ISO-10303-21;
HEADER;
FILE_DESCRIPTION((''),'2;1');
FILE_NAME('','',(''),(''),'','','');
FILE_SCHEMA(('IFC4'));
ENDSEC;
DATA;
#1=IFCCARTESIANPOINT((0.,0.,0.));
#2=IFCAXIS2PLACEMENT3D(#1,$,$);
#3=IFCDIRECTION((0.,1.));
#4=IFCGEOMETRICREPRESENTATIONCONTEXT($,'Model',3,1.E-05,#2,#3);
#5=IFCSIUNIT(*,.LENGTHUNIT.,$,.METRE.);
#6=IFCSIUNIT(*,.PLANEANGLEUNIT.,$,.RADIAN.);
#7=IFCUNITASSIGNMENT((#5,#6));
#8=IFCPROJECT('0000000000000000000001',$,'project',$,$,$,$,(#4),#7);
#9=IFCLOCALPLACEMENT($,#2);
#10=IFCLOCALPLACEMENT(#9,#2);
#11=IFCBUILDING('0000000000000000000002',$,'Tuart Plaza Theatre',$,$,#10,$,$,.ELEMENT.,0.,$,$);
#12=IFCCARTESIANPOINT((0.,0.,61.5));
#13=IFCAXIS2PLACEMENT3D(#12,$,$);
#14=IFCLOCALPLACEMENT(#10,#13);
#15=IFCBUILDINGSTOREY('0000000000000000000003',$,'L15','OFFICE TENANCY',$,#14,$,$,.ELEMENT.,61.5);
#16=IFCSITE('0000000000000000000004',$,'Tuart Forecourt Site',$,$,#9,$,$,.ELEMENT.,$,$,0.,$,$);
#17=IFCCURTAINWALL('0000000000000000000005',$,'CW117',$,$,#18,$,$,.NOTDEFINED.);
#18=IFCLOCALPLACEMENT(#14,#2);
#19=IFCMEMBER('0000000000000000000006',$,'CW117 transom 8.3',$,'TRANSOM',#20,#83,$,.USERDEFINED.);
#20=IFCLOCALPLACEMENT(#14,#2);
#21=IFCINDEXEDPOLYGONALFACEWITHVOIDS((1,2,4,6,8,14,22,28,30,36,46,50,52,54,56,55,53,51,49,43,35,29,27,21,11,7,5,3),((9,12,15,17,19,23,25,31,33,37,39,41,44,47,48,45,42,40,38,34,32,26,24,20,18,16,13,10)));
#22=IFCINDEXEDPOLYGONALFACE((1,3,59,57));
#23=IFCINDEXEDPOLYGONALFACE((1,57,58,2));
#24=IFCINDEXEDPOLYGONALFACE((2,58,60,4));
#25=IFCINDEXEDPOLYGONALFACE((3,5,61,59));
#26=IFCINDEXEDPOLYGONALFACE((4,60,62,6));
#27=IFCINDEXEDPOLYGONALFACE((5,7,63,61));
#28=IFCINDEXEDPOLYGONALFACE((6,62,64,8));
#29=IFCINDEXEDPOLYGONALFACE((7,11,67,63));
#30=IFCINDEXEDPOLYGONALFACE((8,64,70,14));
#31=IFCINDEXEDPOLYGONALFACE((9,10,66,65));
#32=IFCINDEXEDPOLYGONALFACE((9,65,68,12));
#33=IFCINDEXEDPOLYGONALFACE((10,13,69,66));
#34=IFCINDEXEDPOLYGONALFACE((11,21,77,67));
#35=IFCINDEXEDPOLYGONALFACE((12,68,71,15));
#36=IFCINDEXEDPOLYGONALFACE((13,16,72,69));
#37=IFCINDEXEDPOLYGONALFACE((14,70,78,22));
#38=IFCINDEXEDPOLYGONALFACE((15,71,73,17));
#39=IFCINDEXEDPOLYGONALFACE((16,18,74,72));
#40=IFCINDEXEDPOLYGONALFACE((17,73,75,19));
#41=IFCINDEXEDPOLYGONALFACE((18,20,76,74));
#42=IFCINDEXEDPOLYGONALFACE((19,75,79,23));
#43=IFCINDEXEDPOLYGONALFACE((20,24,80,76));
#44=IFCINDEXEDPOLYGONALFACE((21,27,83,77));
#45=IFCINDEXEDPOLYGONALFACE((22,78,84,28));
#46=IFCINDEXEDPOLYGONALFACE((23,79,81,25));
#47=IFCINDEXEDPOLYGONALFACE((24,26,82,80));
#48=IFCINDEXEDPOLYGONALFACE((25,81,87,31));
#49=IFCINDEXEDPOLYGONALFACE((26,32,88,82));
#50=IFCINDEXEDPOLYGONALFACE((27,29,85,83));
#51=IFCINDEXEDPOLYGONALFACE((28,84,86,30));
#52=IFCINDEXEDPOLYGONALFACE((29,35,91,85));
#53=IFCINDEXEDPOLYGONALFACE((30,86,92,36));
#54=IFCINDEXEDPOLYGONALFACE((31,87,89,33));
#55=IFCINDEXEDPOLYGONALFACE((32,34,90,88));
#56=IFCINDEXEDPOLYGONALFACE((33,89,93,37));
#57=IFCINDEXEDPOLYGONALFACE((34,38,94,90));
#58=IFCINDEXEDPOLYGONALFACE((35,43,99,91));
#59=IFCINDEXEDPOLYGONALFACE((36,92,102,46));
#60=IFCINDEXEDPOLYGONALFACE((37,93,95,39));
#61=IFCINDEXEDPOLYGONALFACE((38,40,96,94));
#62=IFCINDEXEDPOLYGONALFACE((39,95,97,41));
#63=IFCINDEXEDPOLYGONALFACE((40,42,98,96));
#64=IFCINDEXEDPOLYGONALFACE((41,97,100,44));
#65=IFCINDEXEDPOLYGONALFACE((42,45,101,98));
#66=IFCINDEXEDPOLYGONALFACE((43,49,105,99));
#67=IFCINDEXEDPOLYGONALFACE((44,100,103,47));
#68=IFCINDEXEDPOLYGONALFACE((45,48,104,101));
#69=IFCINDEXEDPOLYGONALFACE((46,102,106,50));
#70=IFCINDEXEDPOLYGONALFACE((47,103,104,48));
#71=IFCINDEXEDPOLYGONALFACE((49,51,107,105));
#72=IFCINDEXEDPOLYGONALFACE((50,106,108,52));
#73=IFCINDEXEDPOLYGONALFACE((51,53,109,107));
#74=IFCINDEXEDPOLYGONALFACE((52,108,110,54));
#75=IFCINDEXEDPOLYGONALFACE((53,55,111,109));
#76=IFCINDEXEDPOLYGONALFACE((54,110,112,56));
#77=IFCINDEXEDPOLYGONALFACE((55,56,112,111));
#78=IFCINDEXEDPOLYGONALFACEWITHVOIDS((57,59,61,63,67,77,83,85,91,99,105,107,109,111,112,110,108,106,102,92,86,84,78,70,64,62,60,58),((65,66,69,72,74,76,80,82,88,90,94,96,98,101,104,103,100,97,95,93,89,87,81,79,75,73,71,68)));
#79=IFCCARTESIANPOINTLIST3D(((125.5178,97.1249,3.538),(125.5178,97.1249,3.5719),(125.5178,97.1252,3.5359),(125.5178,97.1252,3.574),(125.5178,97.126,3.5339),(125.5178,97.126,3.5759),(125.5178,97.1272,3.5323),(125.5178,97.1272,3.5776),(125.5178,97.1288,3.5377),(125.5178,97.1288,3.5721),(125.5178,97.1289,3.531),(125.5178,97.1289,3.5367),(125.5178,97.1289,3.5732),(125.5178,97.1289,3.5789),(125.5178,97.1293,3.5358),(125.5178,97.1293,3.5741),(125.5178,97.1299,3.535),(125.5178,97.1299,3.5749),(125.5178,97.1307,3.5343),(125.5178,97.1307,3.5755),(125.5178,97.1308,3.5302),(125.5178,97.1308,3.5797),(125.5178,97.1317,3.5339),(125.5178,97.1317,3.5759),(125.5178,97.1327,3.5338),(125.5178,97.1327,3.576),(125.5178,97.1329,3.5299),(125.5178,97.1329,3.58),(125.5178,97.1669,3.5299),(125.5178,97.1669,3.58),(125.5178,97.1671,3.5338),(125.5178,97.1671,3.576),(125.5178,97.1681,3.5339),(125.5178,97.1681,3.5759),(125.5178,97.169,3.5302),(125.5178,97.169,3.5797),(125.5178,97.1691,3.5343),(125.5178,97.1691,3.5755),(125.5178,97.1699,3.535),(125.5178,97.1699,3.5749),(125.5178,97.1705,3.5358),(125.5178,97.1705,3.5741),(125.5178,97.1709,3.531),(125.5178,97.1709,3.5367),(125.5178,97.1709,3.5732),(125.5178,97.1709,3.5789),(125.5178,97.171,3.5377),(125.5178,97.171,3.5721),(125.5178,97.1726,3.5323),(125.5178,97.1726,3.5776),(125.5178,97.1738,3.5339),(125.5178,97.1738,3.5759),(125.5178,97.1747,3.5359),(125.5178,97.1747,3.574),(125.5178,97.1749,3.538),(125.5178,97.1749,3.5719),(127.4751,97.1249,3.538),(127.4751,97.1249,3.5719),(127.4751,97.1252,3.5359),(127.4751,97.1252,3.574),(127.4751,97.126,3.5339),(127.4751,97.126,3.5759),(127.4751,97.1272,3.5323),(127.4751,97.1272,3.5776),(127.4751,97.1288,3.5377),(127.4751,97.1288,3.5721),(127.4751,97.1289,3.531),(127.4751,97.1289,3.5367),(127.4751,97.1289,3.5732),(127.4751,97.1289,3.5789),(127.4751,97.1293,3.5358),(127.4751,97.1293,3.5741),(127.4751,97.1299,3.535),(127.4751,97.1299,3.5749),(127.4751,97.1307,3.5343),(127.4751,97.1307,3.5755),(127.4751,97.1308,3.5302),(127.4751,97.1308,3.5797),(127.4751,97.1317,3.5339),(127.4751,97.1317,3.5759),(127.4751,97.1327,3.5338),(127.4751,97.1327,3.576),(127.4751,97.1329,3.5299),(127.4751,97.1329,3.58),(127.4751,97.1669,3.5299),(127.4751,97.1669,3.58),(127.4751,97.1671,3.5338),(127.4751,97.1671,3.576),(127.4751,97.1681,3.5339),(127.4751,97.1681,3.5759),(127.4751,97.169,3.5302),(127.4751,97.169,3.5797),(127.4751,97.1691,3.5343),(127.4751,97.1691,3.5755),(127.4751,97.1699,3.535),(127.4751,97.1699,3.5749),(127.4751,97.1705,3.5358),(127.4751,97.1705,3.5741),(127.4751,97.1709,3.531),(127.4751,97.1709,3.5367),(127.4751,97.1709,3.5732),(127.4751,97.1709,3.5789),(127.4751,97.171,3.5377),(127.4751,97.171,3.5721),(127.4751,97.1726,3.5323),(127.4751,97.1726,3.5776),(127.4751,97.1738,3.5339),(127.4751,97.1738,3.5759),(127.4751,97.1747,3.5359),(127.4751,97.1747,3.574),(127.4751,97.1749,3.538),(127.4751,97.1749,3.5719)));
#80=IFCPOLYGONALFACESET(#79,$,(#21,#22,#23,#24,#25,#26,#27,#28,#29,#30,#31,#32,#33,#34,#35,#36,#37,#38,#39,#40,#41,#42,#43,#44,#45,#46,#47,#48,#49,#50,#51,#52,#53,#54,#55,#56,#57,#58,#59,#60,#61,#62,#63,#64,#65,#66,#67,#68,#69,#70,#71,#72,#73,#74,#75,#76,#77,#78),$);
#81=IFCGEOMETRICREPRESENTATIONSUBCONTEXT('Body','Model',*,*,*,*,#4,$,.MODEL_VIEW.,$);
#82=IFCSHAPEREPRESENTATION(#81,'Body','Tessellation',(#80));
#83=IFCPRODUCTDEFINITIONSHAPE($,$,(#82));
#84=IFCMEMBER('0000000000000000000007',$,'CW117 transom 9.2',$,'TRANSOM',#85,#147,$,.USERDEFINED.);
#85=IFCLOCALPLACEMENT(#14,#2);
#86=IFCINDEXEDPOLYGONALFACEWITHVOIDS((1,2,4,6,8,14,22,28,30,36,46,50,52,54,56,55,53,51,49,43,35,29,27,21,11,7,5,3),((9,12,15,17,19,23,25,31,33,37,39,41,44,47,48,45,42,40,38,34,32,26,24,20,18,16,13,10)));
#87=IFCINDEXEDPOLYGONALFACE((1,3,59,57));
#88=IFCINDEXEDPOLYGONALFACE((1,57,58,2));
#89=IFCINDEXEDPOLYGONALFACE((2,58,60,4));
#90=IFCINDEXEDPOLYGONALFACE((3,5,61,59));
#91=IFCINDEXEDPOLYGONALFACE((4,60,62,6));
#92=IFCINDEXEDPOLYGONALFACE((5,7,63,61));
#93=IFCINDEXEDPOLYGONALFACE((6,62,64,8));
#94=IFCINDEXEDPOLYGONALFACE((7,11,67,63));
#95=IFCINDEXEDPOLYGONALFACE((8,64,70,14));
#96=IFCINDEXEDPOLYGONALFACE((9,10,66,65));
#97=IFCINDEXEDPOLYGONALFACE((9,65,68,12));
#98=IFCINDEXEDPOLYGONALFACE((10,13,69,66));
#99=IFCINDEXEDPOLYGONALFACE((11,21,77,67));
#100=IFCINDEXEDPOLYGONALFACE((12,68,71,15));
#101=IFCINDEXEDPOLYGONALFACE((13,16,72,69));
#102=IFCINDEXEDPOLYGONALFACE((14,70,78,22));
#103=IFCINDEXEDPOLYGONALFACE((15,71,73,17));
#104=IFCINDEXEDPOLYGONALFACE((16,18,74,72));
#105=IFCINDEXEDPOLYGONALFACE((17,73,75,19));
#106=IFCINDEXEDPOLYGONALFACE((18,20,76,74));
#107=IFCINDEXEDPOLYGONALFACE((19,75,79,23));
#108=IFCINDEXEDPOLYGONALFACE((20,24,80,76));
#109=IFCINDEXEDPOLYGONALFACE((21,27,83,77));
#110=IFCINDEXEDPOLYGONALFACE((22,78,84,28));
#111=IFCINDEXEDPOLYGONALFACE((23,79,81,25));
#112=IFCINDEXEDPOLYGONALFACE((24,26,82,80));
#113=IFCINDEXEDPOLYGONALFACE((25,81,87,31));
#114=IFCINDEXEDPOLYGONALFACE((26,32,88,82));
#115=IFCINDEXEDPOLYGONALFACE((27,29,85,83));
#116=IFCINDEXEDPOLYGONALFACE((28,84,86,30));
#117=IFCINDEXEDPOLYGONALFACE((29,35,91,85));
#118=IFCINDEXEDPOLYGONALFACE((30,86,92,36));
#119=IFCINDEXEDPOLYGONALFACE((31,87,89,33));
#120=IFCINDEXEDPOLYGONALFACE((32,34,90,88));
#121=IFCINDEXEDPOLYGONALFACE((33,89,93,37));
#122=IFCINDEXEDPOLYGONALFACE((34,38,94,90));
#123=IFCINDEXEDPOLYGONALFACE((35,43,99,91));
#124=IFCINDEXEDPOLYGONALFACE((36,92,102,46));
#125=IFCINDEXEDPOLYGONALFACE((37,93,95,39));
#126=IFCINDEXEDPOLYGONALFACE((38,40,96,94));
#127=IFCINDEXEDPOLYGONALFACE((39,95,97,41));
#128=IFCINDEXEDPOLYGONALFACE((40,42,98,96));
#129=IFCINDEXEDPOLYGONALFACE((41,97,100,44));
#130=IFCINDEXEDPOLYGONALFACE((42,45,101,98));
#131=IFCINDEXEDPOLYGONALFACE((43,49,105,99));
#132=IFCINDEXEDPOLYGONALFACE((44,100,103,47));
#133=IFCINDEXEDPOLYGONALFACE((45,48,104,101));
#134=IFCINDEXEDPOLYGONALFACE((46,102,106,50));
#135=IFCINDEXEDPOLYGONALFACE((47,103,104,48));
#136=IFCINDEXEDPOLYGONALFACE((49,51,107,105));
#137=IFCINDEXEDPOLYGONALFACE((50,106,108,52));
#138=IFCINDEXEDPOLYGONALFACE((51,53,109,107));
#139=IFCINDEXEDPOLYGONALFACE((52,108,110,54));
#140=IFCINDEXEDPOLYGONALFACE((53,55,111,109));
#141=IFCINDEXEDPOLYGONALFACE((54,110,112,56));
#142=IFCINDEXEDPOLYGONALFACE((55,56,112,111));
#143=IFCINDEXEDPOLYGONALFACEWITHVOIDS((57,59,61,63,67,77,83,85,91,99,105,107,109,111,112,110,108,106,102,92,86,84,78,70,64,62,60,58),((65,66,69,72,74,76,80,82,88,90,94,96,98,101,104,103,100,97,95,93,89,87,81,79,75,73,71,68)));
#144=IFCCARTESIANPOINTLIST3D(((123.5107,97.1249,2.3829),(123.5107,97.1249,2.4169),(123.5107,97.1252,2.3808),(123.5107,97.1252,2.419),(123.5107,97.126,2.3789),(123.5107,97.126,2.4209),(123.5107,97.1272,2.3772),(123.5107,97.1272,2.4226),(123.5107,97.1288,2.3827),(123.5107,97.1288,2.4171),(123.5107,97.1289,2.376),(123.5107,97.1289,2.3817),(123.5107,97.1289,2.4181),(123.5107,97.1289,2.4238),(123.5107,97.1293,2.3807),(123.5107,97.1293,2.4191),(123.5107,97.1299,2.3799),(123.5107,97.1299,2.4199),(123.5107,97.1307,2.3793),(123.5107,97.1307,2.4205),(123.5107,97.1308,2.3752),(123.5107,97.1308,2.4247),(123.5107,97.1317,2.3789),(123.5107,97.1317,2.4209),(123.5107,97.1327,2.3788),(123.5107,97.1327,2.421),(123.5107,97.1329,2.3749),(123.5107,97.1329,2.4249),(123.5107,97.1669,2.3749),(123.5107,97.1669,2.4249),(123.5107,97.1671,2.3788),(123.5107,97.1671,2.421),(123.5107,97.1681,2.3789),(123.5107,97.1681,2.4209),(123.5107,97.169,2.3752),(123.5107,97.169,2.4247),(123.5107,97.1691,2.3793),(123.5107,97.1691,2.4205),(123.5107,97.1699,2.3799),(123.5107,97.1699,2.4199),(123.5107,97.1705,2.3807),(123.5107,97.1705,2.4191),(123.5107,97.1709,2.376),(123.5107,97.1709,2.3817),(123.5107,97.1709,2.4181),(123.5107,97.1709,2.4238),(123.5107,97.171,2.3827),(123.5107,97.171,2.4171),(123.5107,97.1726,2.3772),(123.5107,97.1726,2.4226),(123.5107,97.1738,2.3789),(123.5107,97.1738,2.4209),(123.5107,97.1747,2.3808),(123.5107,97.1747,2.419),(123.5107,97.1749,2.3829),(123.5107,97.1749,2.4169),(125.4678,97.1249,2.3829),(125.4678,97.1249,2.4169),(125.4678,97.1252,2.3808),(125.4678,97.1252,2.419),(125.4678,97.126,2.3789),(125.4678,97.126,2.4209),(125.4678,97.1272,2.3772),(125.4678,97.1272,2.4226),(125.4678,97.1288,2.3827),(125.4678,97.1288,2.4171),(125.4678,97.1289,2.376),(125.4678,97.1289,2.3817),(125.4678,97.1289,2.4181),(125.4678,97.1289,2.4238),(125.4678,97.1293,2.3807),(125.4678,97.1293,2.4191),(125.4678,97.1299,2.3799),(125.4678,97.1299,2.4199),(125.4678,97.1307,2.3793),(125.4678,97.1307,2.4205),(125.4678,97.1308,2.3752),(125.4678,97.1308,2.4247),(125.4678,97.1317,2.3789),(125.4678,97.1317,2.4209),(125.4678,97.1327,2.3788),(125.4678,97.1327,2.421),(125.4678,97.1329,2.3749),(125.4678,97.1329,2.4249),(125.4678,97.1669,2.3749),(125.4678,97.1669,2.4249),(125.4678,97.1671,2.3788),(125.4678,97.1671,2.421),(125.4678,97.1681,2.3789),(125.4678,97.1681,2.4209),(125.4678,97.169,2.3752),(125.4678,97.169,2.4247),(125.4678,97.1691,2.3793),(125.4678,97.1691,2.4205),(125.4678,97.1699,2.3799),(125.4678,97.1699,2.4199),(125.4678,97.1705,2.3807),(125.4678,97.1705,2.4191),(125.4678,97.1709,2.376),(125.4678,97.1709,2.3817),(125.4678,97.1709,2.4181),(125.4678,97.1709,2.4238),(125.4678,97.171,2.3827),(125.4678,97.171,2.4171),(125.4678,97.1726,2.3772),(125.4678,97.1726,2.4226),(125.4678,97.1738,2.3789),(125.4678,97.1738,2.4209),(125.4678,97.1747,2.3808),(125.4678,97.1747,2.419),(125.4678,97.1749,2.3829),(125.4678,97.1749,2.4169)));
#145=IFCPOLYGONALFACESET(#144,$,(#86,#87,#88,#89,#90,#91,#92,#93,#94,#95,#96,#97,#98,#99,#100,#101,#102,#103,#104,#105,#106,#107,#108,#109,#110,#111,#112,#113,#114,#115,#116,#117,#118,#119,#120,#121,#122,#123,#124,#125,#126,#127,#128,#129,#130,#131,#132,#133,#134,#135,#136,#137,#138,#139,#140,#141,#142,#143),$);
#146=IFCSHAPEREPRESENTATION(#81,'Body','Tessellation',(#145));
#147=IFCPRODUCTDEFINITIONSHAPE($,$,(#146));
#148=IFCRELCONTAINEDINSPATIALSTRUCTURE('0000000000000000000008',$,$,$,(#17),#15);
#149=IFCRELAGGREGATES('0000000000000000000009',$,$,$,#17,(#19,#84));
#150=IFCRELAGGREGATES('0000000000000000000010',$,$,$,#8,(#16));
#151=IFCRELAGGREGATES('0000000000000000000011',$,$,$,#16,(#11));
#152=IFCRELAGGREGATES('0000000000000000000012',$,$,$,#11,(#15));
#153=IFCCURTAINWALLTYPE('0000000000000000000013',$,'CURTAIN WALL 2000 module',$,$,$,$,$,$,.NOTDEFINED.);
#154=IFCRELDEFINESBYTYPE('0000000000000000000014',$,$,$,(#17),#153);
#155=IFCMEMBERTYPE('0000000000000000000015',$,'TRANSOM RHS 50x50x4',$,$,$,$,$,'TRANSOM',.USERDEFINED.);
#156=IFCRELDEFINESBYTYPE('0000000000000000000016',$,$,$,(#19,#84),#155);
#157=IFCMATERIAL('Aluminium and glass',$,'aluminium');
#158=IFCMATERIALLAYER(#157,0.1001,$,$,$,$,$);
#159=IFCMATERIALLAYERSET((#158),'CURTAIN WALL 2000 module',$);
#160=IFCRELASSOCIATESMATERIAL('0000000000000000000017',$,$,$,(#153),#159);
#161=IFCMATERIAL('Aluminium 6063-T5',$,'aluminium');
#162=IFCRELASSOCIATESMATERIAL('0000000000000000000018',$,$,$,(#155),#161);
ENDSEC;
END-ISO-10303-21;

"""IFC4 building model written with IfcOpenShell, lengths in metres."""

from ifc_helpers import new_model, si_unit, direction, frame, origin, origin_2d, place, context, subcontext, project, spatial, hollow_rectangle, extrude, material, layer, layer_set, material_profile, profile_set, type_object, element, aggregate, save


model = new_model("IFC4")

# Units and contexts
model_context = context("Model", 3, precision=1e-05, world=origin(), true_north=direction((0.0, 1.0)))
body_context = subcontext(model_context, "Body", "Model", "MODEL_VIEW")
ifc_project = project(units=[si_unit("LENGTHUNIT", "METRE"), si_unit("PLANEANGLEUNIT", "RADIAN")], contexts=[model_context])

# Site, building, storey
site_placement = place(None, origin())
site = spatial("IfcSite", under=ifc_project, at=site_placement, Name="Tuart Forecourt Site", CompositionType="ELEMENT", RefElevation=0.0)
building_placement = place(site_placement, origin())
building = spatial("IfcBuilding", under=site, at=building_placement, Name="Tuart Plaza Theatre", CompositionType="ELEMENT", ElevationOfRefHeight=0.0)
storey_placement = place(building_placement, frame((0.0, 0.0, 61.5)))
storey = spatial("IfcBuildingStorey", under=building, at=storey_placement, Name="L15", Description="OFFICE TENANCY", CompositionType="ELEMENT", Elevation=61.5)

# Curtain wall, members
ifc_material_1 = material(Name="Aluminium and glass", Category="aluminium")
ifc_layer_1 = layer(ifc_material_1, 0.1001)
ifc_layer_set_1 = layer_set([ifc_layer_1], Name="CURTAIN WALL 2000 module")
curtain_wall_type = type_object("IfcCurtainWallType", Name="CURTAIN WALL 2000 module", PredefinedType="NOTDEFINED", material=ifc_layer_set_1)
curtain_wall_placement = place(storey_placement, origin())
curtain_wall = element("IfcCurtainWall", 1, at=curtain_wall_placement, inside=storey, type_object=curtain_wall_type, Name="CW117", PredefinedType="NOTDEFINED")
ifc_material_2 = material(Name="Aluminium 6063-T5", Category="aluminium")
ifc_material_profile_1 = material_profile(ifc_material_2, hollow_rectangle(XDim=0.05, YDim=0.05, WallThickness=0.0039, InnerFilletRadius=0.0039, OuterFilletRadius=0.0081, at=origin_2d()), Name="RHS 50x50x4")
ifc_profile_set_1 = profile_set([ifc_material_profile_1], Name="Aluminium 6063-T5")
member_type_1 = type_object("IfcMemberType", Name="TRANSOM RHS 50x50x4", ElementType="TRANSOM", PredefinedType="USERDEFINED", material=ifc_profile_set_1)
member_1_placement = place(storey_placement, frame((127.4751, 97.1499, 3.5549), z_axis=(-1.0, 0.0, 0.0), x_axis=(0.0, -1.0, 0.0)))
member_1 = element("IfcMember", 2, at=member_1_placement, type_object=member_type_1, Name="CW117 transom 8.3", ObjectType="TRANSOM", PredefinedType="USERDEFINED", context=body_context, shape_type="SweptSolid", body=[
    extrude(hollow_rectangle(XDim=0.05, YDim=0.05, WallThickness=0.0039, InnerFilletRadius=0.0039, OuterFilletRadius=0.0081, at=origin_2d()), origin(), (0.0, 0.0, 1.0), 1.9573),
])
member_2_placement = place(storey_placement, frame((125.4678, 97.1499, 2.3999), z_axis=(-1.0, 0.0, 0.0), x_axis=(0.0, -1.0, 0.0)))
member_2 = element("IfcMember", 3, at=member_2_placement, type_object=member_type_1, Name="CW117 transom 9.2", ObjectType="TRANSOM", PredefinedType="USERDEFINED", context=body_context, shape_type="SweptSolid", body=[
    extrude(hollow_rectangle(XDim=0.05, YDim=0.05, WallThickness=0.0039, InnerFilletRadius=0.0039, OuterFilletRadius=0.0081, at=origin_2d()), origin(), (0.0, 0.0, 1.0), 1.957),
])
aggregate(curtain_wall, [member_1, member_2])

save(model, "model.ifc")
